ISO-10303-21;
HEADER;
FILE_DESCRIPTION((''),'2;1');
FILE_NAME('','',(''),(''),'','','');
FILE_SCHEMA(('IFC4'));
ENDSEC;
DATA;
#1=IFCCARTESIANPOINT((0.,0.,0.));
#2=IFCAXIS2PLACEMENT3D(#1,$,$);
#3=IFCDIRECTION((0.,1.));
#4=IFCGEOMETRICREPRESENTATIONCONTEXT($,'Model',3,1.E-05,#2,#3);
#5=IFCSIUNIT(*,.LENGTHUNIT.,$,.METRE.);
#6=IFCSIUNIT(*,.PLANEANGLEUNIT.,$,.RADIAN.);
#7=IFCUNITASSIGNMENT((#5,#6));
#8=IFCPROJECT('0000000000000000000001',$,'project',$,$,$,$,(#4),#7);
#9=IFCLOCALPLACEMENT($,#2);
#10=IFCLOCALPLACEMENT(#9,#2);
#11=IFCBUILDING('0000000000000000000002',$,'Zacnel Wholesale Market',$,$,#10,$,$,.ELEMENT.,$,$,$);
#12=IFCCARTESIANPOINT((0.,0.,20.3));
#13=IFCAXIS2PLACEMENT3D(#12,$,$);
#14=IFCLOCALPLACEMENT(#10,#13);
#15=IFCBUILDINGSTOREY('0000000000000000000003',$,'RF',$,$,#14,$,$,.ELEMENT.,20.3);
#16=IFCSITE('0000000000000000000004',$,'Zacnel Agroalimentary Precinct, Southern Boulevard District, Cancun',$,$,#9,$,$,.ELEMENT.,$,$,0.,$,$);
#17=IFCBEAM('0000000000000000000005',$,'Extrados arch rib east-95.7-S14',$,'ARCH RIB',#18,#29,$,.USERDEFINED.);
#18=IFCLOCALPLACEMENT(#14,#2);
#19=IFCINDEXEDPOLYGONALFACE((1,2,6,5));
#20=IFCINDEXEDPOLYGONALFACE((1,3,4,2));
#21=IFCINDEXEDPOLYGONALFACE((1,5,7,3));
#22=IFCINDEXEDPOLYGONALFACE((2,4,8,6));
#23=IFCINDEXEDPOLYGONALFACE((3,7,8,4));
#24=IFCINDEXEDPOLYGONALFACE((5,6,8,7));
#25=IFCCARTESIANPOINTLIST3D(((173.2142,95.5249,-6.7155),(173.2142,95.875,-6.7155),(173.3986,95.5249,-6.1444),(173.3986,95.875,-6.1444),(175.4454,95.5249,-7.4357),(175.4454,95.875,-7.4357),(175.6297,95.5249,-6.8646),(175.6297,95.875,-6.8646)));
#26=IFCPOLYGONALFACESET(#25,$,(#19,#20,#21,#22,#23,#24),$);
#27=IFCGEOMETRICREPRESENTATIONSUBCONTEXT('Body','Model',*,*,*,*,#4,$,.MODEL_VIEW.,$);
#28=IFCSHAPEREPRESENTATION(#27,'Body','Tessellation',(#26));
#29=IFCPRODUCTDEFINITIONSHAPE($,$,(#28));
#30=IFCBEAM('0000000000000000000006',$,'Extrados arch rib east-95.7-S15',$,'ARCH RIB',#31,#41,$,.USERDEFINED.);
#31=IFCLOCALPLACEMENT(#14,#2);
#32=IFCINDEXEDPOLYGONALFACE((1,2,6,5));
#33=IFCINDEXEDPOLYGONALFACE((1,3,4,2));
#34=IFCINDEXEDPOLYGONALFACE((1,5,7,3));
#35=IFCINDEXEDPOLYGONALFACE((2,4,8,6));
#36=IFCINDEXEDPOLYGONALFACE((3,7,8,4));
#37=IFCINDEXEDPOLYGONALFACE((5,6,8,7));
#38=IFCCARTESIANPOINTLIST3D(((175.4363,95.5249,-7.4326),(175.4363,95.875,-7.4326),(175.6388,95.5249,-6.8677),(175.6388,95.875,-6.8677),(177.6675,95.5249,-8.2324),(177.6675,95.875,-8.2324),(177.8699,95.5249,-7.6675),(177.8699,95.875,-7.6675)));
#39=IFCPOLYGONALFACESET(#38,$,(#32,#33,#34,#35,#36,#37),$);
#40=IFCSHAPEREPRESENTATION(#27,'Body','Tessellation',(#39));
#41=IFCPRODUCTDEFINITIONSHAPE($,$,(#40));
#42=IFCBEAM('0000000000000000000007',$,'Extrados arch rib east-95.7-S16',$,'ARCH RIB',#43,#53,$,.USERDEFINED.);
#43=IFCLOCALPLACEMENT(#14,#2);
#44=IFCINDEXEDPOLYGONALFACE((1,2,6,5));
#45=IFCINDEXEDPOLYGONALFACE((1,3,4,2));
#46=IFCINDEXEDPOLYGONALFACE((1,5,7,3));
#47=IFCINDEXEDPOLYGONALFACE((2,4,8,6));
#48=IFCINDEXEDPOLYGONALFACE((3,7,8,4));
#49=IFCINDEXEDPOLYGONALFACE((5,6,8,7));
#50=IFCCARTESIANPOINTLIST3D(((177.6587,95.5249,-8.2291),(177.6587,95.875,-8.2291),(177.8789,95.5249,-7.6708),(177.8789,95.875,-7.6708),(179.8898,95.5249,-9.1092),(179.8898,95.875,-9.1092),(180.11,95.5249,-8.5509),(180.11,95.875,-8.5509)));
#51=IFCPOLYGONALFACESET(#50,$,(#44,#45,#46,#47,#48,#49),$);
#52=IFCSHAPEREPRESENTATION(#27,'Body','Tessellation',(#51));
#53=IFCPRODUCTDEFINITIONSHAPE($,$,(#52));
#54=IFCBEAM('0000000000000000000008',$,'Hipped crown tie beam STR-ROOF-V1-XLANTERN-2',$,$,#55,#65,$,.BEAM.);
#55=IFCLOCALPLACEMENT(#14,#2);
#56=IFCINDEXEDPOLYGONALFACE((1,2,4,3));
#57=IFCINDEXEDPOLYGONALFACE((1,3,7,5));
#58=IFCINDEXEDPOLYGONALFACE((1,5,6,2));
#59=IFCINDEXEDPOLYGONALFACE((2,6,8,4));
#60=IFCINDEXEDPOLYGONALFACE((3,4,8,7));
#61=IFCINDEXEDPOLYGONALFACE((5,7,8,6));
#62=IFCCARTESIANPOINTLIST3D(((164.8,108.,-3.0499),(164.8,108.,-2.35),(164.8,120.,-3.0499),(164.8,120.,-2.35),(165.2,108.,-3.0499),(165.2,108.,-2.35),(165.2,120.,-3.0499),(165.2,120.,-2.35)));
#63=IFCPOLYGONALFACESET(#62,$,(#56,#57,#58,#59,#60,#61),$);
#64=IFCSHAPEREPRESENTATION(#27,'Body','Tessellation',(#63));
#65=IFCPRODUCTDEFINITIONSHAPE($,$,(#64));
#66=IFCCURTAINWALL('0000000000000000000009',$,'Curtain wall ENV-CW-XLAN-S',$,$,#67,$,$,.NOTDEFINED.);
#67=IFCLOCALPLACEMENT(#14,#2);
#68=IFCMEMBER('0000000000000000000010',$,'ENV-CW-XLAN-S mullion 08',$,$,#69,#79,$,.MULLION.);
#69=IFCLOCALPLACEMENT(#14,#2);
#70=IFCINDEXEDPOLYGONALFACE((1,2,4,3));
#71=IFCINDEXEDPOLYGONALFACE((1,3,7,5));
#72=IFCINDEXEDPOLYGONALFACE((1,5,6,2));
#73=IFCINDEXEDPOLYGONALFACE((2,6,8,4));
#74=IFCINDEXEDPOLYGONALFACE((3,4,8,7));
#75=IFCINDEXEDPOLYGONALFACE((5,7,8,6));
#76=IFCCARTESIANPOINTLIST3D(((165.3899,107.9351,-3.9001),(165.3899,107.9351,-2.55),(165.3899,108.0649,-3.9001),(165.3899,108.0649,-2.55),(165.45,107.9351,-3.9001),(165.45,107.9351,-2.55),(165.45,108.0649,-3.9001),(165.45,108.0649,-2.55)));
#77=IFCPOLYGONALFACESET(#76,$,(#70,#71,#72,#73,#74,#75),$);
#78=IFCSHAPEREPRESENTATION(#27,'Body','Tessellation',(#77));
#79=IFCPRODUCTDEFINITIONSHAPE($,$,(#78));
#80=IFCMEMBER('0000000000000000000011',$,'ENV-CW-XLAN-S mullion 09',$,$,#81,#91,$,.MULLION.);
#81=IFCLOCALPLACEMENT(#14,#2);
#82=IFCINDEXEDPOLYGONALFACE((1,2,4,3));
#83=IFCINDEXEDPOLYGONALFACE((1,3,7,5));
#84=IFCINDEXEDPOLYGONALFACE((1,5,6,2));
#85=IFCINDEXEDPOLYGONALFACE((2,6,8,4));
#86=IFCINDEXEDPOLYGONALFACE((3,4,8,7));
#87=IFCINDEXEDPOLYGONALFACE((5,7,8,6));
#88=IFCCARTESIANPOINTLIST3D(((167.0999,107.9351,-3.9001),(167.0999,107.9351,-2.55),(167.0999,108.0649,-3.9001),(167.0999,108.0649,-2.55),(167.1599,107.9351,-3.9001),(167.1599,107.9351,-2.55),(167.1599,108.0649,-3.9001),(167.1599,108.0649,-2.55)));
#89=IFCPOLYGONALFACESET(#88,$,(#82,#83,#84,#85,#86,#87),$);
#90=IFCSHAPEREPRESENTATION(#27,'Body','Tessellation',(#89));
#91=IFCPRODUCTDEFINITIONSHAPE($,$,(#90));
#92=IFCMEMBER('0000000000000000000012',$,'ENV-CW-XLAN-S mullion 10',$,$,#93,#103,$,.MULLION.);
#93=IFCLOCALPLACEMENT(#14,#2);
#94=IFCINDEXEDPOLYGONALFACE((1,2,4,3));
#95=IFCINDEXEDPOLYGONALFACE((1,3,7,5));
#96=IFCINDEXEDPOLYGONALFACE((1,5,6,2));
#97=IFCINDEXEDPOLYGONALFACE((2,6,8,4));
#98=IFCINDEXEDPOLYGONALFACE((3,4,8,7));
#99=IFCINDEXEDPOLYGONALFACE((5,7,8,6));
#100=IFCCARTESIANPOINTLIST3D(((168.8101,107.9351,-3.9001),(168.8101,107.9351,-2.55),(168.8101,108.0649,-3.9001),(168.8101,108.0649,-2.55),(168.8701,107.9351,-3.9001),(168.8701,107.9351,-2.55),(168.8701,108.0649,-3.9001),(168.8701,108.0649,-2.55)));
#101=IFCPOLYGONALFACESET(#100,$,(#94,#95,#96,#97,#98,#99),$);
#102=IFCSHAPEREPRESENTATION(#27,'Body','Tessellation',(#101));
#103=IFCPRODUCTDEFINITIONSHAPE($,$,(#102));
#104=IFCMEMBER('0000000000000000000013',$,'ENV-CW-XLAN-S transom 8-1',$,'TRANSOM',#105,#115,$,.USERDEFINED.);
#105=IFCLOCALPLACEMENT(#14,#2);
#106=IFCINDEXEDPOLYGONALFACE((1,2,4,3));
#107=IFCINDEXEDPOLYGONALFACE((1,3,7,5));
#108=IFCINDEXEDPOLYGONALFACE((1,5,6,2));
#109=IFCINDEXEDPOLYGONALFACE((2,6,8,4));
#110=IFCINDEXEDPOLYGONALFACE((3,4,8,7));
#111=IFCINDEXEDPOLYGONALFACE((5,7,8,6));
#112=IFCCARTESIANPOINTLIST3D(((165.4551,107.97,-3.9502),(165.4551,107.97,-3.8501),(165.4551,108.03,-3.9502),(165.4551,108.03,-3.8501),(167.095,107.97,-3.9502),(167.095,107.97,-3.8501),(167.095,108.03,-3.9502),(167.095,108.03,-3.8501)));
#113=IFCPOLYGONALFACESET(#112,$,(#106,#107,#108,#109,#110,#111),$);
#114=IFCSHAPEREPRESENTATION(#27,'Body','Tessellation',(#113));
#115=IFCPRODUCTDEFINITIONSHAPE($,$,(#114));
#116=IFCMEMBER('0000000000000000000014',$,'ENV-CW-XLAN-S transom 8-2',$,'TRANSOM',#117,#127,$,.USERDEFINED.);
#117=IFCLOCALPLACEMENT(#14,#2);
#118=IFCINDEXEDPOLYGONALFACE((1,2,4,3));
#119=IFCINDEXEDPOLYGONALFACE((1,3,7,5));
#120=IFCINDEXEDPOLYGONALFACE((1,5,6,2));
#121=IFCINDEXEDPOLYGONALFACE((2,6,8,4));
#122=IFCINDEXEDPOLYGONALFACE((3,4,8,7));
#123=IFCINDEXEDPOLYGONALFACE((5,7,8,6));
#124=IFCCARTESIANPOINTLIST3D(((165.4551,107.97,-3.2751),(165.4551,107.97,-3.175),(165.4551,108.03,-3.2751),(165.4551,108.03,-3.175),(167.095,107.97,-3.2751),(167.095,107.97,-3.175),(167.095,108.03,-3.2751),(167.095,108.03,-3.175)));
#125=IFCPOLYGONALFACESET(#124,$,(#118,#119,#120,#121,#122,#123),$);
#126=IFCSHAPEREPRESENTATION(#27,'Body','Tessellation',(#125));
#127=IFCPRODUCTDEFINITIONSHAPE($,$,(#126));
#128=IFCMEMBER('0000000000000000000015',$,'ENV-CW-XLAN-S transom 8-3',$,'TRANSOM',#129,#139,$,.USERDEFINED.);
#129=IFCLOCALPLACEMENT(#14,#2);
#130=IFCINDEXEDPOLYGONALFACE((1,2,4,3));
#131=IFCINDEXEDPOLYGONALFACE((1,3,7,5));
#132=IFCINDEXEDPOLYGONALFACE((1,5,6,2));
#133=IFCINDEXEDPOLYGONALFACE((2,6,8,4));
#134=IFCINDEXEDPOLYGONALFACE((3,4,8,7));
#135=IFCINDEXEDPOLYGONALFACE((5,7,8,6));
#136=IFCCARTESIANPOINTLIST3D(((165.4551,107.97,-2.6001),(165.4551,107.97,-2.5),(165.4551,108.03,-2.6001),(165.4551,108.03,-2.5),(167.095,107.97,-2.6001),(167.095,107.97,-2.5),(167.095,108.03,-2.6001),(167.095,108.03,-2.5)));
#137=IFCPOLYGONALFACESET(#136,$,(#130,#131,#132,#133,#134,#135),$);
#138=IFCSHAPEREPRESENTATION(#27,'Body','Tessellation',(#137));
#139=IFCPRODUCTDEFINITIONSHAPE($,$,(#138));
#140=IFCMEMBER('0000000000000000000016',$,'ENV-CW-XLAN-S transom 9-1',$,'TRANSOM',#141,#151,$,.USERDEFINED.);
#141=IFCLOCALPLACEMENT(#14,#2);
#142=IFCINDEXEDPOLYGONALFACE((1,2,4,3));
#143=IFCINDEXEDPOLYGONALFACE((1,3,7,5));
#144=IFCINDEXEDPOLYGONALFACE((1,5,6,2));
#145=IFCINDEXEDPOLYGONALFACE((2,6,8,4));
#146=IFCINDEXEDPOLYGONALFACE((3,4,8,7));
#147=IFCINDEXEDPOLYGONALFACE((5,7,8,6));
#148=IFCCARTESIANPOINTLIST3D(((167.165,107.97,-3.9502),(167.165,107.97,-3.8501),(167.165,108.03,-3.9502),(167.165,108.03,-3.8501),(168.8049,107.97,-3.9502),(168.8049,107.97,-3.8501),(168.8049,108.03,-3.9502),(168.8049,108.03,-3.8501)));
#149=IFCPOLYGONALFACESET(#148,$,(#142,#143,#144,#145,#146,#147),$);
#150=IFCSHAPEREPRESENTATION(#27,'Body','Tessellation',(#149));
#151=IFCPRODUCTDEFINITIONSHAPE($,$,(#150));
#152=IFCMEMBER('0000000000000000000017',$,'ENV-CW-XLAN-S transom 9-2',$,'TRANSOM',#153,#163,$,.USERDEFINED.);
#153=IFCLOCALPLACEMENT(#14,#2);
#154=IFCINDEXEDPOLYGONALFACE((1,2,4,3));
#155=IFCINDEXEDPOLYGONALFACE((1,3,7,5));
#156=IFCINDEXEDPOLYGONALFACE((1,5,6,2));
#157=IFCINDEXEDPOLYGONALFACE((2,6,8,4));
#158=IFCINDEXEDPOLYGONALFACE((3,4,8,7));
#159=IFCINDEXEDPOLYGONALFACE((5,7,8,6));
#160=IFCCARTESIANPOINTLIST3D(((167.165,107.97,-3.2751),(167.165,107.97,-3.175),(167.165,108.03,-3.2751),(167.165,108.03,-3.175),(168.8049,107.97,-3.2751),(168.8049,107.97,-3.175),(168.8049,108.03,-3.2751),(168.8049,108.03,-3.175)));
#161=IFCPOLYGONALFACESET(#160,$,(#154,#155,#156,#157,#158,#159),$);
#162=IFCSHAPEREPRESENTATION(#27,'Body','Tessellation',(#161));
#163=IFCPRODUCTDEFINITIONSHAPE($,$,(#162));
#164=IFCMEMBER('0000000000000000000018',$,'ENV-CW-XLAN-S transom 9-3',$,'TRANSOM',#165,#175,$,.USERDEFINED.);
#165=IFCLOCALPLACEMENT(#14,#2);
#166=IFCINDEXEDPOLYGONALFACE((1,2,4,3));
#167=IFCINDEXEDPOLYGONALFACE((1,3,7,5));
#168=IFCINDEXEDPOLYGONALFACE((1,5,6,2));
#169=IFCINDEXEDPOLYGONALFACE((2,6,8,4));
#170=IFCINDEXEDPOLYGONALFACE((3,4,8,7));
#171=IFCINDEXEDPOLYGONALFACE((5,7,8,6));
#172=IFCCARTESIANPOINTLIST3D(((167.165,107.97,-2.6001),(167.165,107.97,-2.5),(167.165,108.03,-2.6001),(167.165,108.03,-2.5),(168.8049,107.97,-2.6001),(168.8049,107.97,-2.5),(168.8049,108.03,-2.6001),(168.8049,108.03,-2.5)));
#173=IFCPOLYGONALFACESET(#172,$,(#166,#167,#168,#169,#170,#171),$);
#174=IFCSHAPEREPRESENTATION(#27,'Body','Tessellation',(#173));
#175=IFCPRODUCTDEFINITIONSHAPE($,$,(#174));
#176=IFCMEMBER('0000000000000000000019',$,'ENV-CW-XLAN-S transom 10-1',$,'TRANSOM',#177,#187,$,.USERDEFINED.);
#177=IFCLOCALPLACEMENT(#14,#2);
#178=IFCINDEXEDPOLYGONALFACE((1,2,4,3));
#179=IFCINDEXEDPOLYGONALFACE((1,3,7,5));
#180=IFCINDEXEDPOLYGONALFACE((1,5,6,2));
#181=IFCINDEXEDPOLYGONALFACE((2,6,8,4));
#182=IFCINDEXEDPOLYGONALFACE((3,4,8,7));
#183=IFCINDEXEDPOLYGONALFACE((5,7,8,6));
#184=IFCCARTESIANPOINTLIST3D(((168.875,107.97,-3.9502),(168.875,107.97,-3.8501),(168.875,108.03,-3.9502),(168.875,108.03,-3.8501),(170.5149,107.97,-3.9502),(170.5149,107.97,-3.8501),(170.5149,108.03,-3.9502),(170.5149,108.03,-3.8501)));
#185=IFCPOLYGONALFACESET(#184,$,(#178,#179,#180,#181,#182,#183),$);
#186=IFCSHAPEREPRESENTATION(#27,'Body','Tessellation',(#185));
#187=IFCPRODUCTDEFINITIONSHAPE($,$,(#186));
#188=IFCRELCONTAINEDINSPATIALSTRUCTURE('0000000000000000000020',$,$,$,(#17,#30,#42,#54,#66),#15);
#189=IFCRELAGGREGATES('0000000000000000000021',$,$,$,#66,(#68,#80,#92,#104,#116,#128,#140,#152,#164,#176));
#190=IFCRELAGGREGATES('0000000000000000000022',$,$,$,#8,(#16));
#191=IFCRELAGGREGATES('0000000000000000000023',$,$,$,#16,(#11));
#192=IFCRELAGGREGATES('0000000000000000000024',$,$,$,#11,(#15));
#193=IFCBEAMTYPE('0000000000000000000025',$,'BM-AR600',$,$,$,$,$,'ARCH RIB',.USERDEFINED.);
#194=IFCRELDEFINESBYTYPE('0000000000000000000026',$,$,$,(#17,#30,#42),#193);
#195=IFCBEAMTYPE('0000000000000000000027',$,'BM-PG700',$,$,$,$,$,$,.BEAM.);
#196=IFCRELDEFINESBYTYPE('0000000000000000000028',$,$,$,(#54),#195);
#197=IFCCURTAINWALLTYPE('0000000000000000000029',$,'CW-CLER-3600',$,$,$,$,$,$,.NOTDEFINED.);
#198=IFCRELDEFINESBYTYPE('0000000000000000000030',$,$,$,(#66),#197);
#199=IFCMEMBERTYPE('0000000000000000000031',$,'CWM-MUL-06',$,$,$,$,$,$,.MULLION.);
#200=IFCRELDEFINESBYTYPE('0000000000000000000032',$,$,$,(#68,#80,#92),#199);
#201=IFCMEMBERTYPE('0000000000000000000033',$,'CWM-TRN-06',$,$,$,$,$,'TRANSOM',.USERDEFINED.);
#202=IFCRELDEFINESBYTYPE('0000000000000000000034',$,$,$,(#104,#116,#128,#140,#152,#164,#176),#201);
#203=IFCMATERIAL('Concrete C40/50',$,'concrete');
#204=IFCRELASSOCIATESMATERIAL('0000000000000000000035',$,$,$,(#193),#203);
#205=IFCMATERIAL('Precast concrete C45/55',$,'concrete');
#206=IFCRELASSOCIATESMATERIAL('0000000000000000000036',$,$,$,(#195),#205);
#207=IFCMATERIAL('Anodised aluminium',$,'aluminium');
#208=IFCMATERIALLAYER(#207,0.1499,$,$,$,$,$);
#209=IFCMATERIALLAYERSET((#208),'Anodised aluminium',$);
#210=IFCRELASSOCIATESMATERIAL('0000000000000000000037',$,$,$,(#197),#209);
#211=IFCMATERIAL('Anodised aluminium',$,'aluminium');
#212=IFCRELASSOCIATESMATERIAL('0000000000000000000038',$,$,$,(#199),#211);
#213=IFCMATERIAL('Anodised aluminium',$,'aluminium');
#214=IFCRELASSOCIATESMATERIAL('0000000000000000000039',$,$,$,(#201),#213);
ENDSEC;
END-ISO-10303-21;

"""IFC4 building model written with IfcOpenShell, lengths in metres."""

from ifc_helpers import new_model, si_unit, direction, frame, origin, origin_2d, place, context, subcontext, project, spatial, rectangle, extrude, material, layer, layer_set, material_profile, profile_set, type_object, element, aggregate, save


model = new_model("IFC4")

# Units and contexts
model_context = context("Model", 3, precision=1e-05, world=origin(), true_north=direction((0.0, 1.0)))
body_context = subcontext(model_context, "Body", "Model", "MODEL_VIEW")
ifc_project = project(units=[si_unit("LENGTHUNIT", "METRE"), si_unit("PLANEANGLEUNIT", "RADIAN")], contexts=[model_context])

# Site, building, storey
site_placement = place(None, origin())
site = spatial("IfcSite", under=ifc_project, at=site_placement, Name="Zacnel Agroalimentary Precinct, Southern Boulevard District, Cancun", CompositionType="ELEMENT", RefElevation=0.0)
building_placement = place(site_placement, origin())
building = spatial("IfcBuilding", under=site, at=building_placement, Name="Zacnel Wholesale Market", CompositionType="ELEMENT")
storey_placement = place(building_placement, frame((0.0, 0.0, 20.3)))
storey = spatial("IfcBuildingStorey", under=building, at=storey_placement, Name="RF", CompositionType="ELEMENT", Elevation=20.3)

# Beams
ifc_material_1 = material(Name="Concrete C40/50", Category="concrete")
ifc_material_profile_1 = material_profile(ifc_material_1, rectangle(XDim=0.3501, YDim=0.6001, at=origin_2d()), Name="ARCH RIB 350x600")
ifc_profile_set_1 = profile_set([ifc_material_profile_1], Name="Concrete C40/50")
beam_type_1 = type_object("IfcBeamType", Name="BM-AR600", ElementType="ARCH RIB", PredefinedType="USERDEFINED", material=ifc_profile_set_1)
beam_1_placement = place(storey_placement, frame((173.3064, 95.7, -6.4299), z_axis=(0.95165, 0.0, -0.307185), x_axis=(0.0, 1.0, 0.0)))
element("IfcBeam", 1, at=beam_1_placement, inside=storey, type_object=beam_type_1, Name="Extrados arch rib east-95.7-S14", ObjectType="ARCH RIB", PredefinedType="USERDEFINED", context=body_context, shape_type="SweptSolid", body=[
    extrude(rectangle(XDim=0.3501, YDim=0.6001, at=origin_2d()), origin(), (0.0, 0.0, 1.0), 2.3445),
])
beam_2_placement = place(storey_placement, frame((175.5376, 95.7, -7.1501), z_axis=(0.941347, 0.0, -0.337439), x_axis=(0.0, 1.0, 0.0)))
element("IfcBeam", 2, at=beam_2_placement, inside=storey, type_object=beam_type_1, Name="Extrados arch rib east-95.7-S15", ObjectType="ARCH RIB", PredefinedType="USERDEFINED", context=body_context, shape_type="SweptSolid", body=[
    extrude(rectangle(XDim=0.3501, YDim=0.6001, at=origin_2d()), origin(), (0.0, 0.0, 1.0), 2.3701),
])
beam_3_placement = place(storey_placement, frame((177.7688, 95.7, -7.95), z_axis=(0.930242, 0.0, -0.366946), x_axis=(0.0, 1.0, 0.0)))
element("IfcBeam", 3, at=beam_3_placement, inside=storey, type_object=beam_type_1, Name="Extrados arch rib east-95.7-S16", ObjectType="ARCH RIB", PredefinedType="USERDEFINED", context=body_context, shape_type="SweptSolid", body=[
    extrude(rectangle(XDim=0.3501, YDim=0.6001, at=origin_2d()), origin(), (0.0, 0.0, 1.0), 2.3984),
])
ifc_material_2 = material(Name="Precast concrete C45/55", Category="concrete")
ifc_material_profile_2 = material_profile(ifc_material_2, rectangle(XDim=0.3999, YDim=0.7, at=origin_2d()), Name="PG 400x700")
ifc_profile_set_2 = profile_set([ifc_material_profile_2], Name="Precast concrete C45/55")
beam_type_2 = type_object("IfcBeamType", Name="BM-PG700", PredefinedType="BEAM", material=ifc_profile_set_2)
beam_4_placement = place(storey_placement, frame((165.0, 108.0, -2.7), z_axis=(0.0, 1.0, 0.0), x_axis=(-1.0, 0.0, 0.0)))
element("IfcBeam", 4, at=beam_4_placement, inside=storey, type_object=beam_type_2, Name="Hipped crown tie beam STR-ROOF-V1-XLANTERN-2", PredefinedType="BEAM", context=body_context, shape_type="SweptSolid", body=[
    extrude(rectangle(XDim=0.3999, YDim=0.7, at=origin_2d()), origin(), (0.0, 0.0, 1.0), 12.0),
])

# Curtain wall, members
ifc_material_3 = material(Name="Anodised aluminium", Category="aluminium")
ifc_layer_1 = layer(ifc_material_3, 0.1499)
ifc_layer_set_1 = layer_set([ifc_layer_1], Name="Anodised aluminium")
curtain_wall_type = type_object("IfcCurtainWallType", Name="CW-CLER-3600", PredefinedType="NOTDEFINED", material=ifc_layer_set_1)
curtain_wall_placement = place(storey_placement, origin())
curtain_wall = element("IfcCurtainWall", 5, at=curtain_wall_placement, inside=storey, type_object=curtain_wall_type, Name="Curtain wall ENV-CW-XLAN-S", PredefinedType="NOTDEFINED")
ifc_material_4 = material(Name="Anodised aluminium", Category="aluminium")
ifc_material_profile_3 = material_profile(ifc_material_4, rectangle(XDim=0.0601, YDim=0.1299, at=origin_2d()), Name="AW-MULLION 60x130")
ifc_profile_set_3 = profile_set([ifc_material_profile_3], Name="Anodised aluminium")
member_type_1 = type_object("IfcMemberType", Name="CWM-MUL-06", PredefinedType="MULLION", material=ifc_profile_set_3)
member_1_placement = place(storey_placement, frame((165.4199, 108.0, -3.9001), z_axis=(0.0, 0.0, 1.0), x_axis=(1.0, 0.0, 0.0)))
member_1 = element("IfcMember", 6, at=member_1_placement, type_object=member_type_1, Name="ENV-CW-XLAN-S mullion 08", PredefinedType="MULLION", context=body_context, shape_type="SweptSolid", body=[
    extrude(rectangle(XDim=0.0601, YDim=0.1299, at=origin_2d()), origin(), (0.0, 0.0, 1.0), 1.3501),
])
member_2_placement = place(storey_placement, frame((167.1299, 108.0, -3.9001), z_axis=(0.0, 0.0, 1.0), x_axis=(1.0, 0.0, 0.0)))
member_2 = element("IfcMember", 7, at=member_2_placement, type_object=member_type_1, Name="ENV-CW-XLAN-S mullion 09", PredefinedType="MULLION", context=body_context, shape_type="SweptSolid", body=[
    extrude(rectangle(XDim=0.0601, YDim=0.1299, at=origin_2d()), origin(), (0.0, 0.0, 1.0), 1.3501),
])
member_3_placement = place(storey_placement, frame((168.8401, 108.0, -3.9001), z_axis=(0.0, 0.0, 1.0), x_axis=(1.0, 0.0, 0.0)))
member_3 = element("IfcMember", 8, at=member_3_placement, type_object=member_type_1, Name="ENV-CW-XLAN-S mullion 10", PredefinedType="MULLION", context=body_context, shape_type="SweptSolid", body=[
    extrude(rectangle(XDim=0.0601, YDim=0.1299, at=origin_2d()), origin(), (0.0, 0.0, 1.0), 1.3501),
])
ifc_material_5 = material(Name="Anodised aluminium", Category="aluminium")
ifc_material_profile_4 = material_profile(ifc_material_5, rectangle(XDim=0.0601, YDim=0.1001, at=origin_2d()), Name="AW-TRANSOM 60x100")
ifc_profile_set_4 = profile_set([ifc_material_profile_4], Name="Anodised aluminium")
member_type_2 = type_object("IfcMemberType", Name="CWM-TRN-06", ElementType="TRANSOM", PredefinedType="USERDEFINED", material=ifc_profile_set_4)
member_4_placement = place(storey_placement, frame((165.4551, 108.0, -3.9001), z_axis=(1.0, 0.0, 0.0), x_axis=(0.0, 1.0, 0.0)))
member_4 = element("IfcMember", 9, at=member_4_placement, type_object=member_type_2, Name="ENV-CW-XLAN-S transom 8-1", ObjectType="TRANSOM", PredefinedType="USERDEFINED", context=body_context, shape_type="SweptSolid", body=[
    extrude(rectangle(XDim=0.0601, YDim=0.1001, at=origin_2d()), origin(), (0.0, 0.0, 1.0), 1.6399),
])
member_5_placement = place(storey_placement, frame((165.4551, 108.0, -3.2251), z_axis=(1.0, 0.0, 0.0), x_axis=(0.0, 1.0, 0.0)))
member_5 = element("IfcMember", 10, at=member_5_placement, type_object=member_type_2, Name="ENV-CW-XLAN-S transom 8-2", ObjectType="TRANSOM", PredefinedType="USERDEFINED", context=body_context, shape_type="SweptSolid", body=[
    extrude(rectangle(XDim=0.0601, YDim=0.1001, at=origin_2d()), origin(), (0.0, 0.0, 1.0), 1.6399),
])
member_6_placement = place(storey_placement, frame((165.4551, 108.0, -2.55), z_axis=(1.0, 0.0, 0.0), x_axis=(0.0, 1.0, 0.0)))
member_6 = element("IfcMember", 11, at=member_6_placement, type_object=member_type_2, Name="ENV-CW-XLAN-S transom 8-3", ObjectType="TRANSOM", PredefinedType="USERDEFINED", context=body_context, shape_type="SweptSolid", body=[
    extrude(rectangle(XDim=0.0601, YDim=0.1001, at=origin_2d()), origin(), (0.0, 0.0, 1.0), 1.6399),
])
member_7_placement = place(storey_placement, frame((167.165, 108.0, -3.9001), z_axis=(1.0, 0.0, 0.0), x_axis=(0.0, 1.0, 0.0)))
member_7 = element("IfcMember", 12, at=member_7_placement, type_object=member_type_2, Name="ENV-CW-XLAN-S transom 9-1", ObjectType="TRANSOM", PredefinedType="USERDEFINED", context=body_context, shape_type="SweptSolid", body=[
    extrude(rectangle(XDim=0.0601, YDim=0.1001, at=origin_2d()), origin(), (0.0, 0.0, 1.0), 1.6399),
])
member_8_placement = place(storey_placement, frame((167.165, 108.0, -3.2251), z_axis=(1.0, 0.0, 0.0), x_axis=(0.0, 1.0, 0.0)))
member_8 = element("IfcMember", 13, at=member_8_placement, type_object=member_type_2, Name="ENV-CW-XLAN-S transom 9-2", ObjectType="TRANSOM", PredefinedType="USERDEFINED", context=body_context, shape_type="SweptSolid", body=[
    extrude(rectangle(XDim=0.0601, YDim=0.1001, at=origin_2d()), origin(), (0.0, 0.0, 1.0), 1.6399),
])
member_9_placement = place(storey_placement, frame((167.165, 108.0, -2.55), z_axis=(1.0, 0.0, 0.0), x_axis=(0.0, 1.0, 0.0)))
member_9 = element("IfcMember", 14, at=member_9_placement, type_object=member_type_2, Name="ENV-CW-XLAN-S transom 9-3", ObjectType="TRANSOM", PredefinedType="USERDEFINED", context=body_context, shape_type="SweptSolid", body=[
    extrude(rectangle(XDim=0.0601, YDim=0.1001, at=origin_2d()), origin(), (0.0, 0.0, 1.0), 1.6399),
])
member_10_placement = place(storey_placement, frame((168.875, 108.0, -3.9001), z_axis=(1.0, 0.0, 0.0), x_axis=(0.0, 1.0, 0.0)))
member_10 = element("IfcMember", 15, at=member_10_placement, type_object=member_type_2, Name="ENV-CW-XLAN-S transom 10-1", ObjectType="TRANSOM", PredefinedType="USERDEFINED", context=body_context, shape_type="SweptSolid", body=[
    extrude(rectangle(XDim=0.0601, YDim=0.1001, at=origin_2d()), origin(), (0.0, 0.0, 1.0), 1.6399),
])
aggregate(curtain_wall, [member_1, member_2, member_3, member_4, member_5, member_6, member_7, member_8, member_9, member_10])

save(model, "model.ifc")
